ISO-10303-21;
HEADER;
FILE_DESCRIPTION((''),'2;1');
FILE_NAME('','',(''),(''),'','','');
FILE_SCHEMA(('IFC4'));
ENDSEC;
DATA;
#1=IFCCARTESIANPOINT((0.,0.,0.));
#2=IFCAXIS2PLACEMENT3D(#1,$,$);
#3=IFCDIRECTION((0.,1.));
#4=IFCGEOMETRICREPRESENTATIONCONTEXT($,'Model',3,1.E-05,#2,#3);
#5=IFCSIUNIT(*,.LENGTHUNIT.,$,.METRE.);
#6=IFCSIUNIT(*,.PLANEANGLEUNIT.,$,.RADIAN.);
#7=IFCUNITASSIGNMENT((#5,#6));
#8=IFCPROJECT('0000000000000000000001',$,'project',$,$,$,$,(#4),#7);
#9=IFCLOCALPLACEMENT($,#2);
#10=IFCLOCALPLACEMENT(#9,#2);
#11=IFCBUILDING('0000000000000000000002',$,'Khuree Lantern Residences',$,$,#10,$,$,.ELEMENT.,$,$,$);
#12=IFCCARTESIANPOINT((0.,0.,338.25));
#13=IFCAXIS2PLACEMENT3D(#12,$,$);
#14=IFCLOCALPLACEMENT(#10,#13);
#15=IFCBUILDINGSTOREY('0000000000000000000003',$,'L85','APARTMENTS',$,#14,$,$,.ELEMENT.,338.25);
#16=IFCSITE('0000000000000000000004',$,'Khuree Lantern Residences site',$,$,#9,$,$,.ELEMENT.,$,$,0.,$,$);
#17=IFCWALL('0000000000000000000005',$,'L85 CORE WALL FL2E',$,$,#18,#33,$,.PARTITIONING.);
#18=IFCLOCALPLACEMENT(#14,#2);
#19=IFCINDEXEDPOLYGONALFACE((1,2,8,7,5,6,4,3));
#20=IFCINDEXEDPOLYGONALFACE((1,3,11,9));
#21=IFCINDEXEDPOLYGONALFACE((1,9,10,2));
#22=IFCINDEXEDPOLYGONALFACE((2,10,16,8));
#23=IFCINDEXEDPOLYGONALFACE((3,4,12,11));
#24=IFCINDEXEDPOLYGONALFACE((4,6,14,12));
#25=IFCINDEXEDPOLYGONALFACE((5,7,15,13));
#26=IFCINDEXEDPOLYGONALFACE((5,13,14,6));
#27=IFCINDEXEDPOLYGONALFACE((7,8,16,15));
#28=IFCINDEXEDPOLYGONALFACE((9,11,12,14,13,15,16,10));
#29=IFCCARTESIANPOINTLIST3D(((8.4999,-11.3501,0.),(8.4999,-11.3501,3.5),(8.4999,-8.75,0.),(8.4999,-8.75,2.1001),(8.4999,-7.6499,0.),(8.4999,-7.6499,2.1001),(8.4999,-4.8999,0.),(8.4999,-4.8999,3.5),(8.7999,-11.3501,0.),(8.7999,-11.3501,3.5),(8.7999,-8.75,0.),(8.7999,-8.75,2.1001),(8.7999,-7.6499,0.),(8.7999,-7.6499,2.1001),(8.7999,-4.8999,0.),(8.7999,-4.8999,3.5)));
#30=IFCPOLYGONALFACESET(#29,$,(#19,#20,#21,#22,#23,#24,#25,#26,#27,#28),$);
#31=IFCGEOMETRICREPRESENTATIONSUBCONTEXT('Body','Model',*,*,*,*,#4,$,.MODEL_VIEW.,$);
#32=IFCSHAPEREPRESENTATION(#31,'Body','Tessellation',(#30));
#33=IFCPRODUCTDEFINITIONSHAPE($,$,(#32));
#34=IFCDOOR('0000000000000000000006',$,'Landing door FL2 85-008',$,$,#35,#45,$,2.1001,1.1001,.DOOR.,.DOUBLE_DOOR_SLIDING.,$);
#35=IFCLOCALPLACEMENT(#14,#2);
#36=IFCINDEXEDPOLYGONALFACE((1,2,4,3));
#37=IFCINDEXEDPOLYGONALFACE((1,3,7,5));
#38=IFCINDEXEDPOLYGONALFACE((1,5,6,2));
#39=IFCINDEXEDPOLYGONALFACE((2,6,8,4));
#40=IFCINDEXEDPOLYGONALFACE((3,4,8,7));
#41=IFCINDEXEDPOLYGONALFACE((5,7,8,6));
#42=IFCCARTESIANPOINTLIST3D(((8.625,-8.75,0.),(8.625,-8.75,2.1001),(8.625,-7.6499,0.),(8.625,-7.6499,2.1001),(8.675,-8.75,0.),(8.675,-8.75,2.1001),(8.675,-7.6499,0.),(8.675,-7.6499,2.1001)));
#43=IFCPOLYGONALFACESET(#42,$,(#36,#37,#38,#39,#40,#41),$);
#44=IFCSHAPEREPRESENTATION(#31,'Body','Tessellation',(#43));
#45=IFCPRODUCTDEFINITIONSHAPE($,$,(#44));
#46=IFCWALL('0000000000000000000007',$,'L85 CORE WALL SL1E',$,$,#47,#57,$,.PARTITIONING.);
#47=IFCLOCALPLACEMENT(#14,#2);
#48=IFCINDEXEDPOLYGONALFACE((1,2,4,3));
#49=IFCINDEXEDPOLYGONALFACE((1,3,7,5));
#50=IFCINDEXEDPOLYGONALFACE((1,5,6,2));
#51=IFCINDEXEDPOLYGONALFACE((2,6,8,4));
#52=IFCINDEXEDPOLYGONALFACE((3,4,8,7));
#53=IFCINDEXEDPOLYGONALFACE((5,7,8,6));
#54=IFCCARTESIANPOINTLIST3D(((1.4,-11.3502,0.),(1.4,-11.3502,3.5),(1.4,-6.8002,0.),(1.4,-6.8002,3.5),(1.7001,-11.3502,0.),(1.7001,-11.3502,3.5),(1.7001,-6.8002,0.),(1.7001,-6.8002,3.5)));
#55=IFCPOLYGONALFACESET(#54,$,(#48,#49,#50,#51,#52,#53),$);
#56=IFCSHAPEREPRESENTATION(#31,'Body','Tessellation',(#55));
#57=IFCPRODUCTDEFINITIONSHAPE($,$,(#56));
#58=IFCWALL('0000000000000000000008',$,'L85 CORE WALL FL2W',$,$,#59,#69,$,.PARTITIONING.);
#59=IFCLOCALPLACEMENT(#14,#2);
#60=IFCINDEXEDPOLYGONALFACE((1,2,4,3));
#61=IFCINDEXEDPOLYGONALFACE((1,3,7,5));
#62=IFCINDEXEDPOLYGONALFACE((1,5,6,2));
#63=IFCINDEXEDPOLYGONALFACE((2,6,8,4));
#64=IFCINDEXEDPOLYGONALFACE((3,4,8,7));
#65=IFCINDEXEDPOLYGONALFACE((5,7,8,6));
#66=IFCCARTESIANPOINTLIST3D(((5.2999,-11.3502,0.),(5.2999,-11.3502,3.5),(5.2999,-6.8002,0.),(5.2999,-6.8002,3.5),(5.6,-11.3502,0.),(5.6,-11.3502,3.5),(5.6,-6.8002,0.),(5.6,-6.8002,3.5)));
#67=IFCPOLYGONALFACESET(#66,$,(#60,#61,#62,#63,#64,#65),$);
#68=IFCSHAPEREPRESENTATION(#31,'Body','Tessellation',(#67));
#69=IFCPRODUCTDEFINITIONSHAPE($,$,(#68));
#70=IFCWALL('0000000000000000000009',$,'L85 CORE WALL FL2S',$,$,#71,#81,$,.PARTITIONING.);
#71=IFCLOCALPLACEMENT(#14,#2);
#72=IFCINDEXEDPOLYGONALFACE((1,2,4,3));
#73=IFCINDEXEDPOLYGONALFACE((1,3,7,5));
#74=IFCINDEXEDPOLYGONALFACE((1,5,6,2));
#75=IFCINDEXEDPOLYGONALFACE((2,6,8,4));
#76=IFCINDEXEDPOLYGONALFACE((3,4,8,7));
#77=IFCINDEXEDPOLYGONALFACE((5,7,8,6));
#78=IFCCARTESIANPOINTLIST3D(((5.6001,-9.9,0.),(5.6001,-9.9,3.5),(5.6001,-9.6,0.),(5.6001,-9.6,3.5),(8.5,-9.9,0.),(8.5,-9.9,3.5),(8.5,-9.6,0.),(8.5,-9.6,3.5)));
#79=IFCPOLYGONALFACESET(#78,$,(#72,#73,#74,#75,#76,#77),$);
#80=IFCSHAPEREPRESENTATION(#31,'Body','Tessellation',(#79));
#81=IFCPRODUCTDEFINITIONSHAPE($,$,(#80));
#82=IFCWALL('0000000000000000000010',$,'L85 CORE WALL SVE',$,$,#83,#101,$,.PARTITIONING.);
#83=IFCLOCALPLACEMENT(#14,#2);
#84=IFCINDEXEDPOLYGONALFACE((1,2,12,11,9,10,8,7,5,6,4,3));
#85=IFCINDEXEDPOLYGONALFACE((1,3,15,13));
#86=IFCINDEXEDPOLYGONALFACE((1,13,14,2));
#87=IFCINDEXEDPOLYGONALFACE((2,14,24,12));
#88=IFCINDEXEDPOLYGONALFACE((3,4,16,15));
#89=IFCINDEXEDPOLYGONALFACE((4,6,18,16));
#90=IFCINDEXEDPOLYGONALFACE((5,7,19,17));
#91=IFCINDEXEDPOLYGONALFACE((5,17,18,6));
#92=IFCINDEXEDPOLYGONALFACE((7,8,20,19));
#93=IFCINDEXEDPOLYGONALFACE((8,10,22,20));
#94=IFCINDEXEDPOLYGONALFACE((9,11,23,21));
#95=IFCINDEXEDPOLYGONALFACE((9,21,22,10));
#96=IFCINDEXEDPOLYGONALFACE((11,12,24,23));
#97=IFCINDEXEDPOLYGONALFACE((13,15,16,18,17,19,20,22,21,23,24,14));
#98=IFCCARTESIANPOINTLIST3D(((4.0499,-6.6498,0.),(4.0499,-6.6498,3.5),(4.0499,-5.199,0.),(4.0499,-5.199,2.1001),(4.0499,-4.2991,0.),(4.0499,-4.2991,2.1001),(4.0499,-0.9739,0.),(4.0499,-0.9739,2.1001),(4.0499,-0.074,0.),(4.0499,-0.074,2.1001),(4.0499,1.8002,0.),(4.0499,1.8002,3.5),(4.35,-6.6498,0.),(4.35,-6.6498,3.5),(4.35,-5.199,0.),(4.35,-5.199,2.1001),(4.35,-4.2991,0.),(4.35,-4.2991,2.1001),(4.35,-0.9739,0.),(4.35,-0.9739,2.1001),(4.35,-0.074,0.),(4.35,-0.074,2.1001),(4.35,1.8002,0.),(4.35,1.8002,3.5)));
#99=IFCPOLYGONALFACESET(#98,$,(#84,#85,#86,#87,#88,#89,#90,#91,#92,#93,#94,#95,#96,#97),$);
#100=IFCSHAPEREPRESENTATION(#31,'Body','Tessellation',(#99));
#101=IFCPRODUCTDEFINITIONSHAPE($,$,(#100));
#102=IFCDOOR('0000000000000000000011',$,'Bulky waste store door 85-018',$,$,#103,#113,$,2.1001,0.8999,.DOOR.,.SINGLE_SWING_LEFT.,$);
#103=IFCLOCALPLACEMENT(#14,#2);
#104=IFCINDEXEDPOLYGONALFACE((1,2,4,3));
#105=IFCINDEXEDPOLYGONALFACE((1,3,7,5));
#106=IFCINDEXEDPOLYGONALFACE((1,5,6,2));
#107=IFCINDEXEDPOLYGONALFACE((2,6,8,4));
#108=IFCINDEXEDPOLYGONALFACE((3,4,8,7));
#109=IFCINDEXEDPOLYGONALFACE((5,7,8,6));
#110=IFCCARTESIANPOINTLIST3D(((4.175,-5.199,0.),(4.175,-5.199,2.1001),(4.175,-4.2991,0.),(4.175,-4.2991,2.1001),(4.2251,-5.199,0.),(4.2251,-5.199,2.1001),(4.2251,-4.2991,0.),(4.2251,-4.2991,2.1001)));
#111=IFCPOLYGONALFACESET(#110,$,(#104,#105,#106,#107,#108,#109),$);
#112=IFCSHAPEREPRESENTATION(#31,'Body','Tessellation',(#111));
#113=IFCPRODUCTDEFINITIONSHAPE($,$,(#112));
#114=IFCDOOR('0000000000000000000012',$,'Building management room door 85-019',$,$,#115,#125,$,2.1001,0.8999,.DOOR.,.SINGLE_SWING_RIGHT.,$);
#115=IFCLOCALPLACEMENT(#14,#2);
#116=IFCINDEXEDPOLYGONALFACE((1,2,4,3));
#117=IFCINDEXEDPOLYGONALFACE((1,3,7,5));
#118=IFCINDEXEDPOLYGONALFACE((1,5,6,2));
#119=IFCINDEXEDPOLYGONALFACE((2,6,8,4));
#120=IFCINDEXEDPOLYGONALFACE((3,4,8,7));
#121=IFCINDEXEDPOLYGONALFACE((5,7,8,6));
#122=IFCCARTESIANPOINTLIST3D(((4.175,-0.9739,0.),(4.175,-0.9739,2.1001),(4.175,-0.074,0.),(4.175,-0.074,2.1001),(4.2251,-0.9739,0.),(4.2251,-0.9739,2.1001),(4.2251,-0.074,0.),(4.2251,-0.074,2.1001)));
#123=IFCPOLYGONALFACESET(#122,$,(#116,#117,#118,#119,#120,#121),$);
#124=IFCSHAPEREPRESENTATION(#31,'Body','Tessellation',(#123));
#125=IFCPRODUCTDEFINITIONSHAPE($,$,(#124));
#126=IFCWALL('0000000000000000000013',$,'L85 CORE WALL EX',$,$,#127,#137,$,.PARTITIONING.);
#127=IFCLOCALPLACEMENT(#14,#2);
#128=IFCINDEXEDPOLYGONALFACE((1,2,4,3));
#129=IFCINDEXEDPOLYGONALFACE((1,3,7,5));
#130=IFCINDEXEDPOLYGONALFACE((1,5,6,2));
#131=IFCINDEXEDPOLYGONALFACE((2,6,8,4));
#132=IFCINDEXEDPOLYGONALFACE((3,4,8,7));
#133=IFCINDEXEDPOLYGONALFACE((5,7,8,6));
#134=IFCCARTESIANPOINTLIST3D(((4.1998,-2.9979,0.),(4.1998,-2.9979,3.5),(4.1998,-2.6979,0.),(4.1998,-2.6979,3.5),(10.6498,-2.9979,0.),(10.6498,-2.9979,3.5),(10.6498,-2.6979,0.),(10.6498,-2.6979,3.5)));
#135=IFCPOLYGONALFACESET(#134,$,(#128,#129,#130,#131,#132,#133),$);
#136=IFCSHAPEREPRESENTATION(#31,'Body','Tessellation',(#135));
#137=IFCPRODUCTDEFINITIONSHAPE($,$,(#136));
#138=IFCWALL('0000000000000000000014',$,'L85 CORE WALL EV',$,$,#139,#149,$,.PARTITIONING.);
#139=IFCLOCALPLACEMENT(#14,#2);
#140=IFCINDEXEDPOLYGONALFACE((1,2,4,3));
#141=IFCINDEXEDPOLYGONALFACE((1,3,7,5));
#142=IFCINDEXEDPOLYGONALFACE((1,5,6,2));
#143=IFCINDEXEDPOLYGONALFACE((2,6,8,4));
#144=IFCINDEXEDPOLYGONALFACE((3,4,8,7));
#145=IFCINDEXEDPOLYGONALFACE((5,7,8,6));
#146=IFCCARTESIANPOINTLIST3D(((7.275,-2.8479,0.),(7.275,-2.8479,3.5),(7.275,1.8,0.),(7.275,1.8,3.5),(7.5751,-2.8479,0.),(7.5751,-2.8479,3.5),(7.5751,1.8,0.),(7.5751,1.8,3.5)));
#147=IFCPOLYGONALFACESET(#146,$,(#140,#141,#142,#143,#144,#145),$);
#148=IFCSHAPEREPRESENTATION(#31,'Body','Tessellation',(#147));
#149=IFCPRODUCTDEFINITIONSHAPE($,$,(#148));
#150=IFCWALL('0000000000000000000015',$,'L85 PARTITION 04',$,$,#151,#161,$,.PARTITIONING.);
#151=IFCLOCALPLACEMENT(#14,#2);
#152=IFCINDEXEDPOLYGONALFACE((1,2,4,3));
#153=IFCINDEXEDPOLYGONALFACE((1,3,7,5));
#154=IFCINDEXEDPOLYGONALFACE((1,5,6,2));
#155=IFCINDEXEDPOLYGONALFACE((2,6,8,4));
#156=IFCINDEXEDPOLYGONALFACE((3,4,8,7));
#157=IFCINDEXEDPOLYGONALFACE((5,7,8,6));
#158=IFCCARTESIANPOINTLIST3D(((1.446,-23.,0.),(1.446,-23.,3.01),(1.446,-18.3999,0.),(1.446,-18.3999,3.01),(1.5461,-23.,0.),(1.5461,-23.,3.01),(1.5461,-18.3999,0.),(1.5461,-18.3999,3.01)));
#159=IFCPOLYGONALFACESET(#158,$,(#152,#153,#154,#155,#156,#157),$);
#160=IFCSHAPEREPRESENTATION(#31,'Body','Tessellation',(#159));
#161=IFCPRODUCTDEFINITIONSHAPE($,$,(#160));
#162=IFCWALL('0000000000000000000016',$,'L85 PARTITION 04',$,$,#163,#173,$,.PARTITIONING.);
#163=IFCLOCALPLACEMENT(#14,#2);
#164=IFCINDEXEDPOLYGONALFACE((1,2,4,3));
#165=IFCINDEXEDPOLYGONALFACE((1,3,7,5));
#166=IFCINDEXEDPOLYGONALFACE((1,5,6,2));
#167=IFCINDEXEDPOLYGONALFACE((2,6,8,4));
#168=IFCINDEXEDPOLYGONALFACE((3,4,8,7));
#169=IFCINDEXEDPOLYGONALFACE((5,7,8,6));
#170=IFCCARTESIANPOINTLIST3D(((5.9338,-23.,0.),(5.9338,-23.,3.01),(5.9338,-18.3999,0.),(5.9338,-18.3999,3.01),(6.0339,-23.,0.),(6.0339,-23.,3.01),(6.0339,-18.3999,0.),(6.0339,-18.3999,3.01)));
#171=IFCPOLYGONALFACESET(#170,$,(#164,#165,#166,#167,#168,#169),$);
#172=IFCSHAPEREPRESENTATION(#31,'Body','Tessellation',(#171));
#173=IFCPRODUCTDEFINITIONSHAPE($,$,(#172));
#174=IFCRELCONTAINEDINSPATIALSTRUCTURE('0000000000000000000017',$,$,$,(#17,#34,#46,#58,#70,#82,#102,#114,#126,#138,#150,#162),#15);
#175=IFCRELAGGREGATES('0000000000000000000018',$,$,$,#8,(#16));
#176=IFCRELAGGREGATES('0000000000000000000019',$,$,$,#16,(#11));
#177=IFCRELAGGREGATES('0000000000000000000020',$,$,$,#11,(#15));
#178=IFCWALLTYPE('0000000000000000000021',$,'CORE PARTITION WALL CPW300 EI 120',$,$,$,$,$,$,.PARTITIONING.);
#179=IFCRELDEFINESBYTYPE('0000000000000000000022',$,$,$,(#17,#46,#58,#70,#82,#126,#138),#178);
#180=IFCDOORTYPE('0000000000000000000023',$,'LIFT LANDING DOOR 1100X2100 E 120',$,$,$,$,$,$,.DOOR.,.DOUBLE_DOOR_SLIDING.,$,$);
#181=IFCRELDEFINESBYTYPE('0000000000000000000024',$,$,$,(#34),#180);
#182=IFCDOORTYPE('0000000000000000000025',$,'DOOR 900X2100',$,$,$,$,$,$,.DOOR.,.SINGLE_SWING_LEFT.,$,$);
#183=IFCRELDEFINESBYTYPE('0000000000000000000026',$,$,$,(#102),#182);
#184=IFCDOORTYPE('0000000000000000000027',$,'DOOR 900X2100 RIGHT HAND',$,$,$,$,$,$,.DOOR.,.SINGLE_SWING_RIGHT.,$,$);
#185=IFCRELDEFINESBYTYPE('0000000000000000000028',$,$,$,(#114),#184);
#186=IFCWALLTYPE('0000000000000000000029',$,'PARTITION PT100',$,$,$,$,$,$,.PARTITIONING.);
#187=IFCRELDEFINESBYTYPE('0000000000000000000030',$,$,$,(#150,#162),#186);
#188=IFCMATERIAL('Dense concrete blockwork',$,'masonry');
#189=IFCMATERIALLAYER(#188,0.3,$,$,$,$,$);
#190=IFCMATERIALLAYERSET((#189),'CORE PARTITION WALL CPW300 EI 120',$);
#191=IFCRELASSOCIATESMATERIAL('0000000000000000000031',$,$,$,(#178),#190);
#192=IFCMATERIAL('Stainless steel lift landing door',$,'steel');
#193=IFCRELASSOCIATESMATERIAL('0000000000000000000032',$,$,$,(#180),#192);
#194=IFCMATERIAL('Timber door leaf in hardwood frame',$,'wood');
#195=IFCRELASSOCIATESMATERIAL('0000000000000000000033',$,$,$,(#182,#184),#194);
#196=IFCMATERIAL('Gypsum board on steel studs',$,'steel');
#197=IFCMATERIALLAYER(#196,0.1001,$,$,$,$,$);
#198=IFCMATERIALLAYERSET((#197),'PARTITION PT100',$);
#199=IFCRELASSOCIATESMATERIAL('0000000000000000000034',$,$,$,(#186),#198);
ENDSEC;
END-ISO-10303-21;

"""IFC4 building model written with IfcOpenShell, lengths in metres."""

from ifc_helpers import new_model, si_unit, direction, frame, frame_2d, origin, place, context, subcontext, project, spatial, rectangle, extrude, material, layer, layer_set, type_object, element, fill, save


model = new_model("IFC4")

# Units and contexts
model_context = context("Model", 3, precision=1e-05, world=origin(), true_north=direction((0.0, 1.0)))
body_context = subcontext(model_context, "Body", "Model", "MODEL_VIEW")
ifc_project = project(units=[si_unit("LENGTHUNIT", "METRE"), si_unit("PLANEANGLEUNIT", "RADIAN")], contexts=[model_context])

# Site, building, storey
site_placement = place(None, origin())
site = spatial("IfcSite", under=ifc_project, at=site_placement, Name="Khuree Lantern Residences site", CompositionType="ELEMENT", RefElevation=0.0)
building_placement = place(site_placement, origin())
building = spatial("IfcBuilding", under=site, at=building_placement, Name="Khuree Lantern Residences", CompositionType="ELEMENT")
storey_placement = place(building_placement, frame((0.0, 0.0, 338.25)))
storey = spatial("IfcBuildingStorey", under=building, at=storey_placement, Name="L85", Description="APARTMENTS", CompositionType="ELEMENT", Elevation=338.25)

# Wall, opening, door
ifc_material_1 = material(Name="Dense concrete blockwork", Category="masonry")
ifc_layer_1 = layer(ifc_material_1, 0.3)
ifc_layer_set_1 = layer_set([ifc_layer_1], Name="CORE PARTITION WALL CPW300 EI 120")
wall_type_1 = type_object("IfcWallType", Name="CORE PARTITION WALL CPW300 EI 120", PredefinedType="PARTITIONING", material=ifc_layer_set_1)
wall_1_placement = place(storey_placement, frame((8.6499, -11.3501, 0.0), z_axis=(0.0, 0.0, 1.0), x_axis=(0.0, 1.0, 0.0)))
wall_1 = element("IfcWall", 1, at=wall_1_placement, inside=storey, type_object=wall_type_1, Name="L85 CORE WALL FL2E", PredefinedType="PARTITIONING", context=body_context, shape_type="SweptSolid", body=[
    extrude(rectangle(XDim=6.4502, YDim=0.3, at=frame_2d((3.2251, 0.0))), origin(), (0.0, 0.0, 1.0), 3.5),
])
opening_1_placement = place(wall_1_placement, frame((2.6001, 0.0, 0.0)))
opening_1 = element("IfcOpeningElement", 2, at=opening_1_placement, cuts=wall_1, PredefinedType="OPENING", context=body_context, shape_type="SweptSolid", body=[
    extrude(rectangle(XDim=1.1001, YDim=2.1001, at=frame_2d((0.55, 1.05))), frame((0.0, 0.1602, 0.0), z_axis=(0.0, -1.0, 0.0), x_axis=(1.0, 0.0, 0.0)), (0.0, 0.0, 1.0), 0.3201),
])
ifc_material_2 = material(Name="Stainless steel lift landing door", Category="steel")
door_type_1 = type_object("IfcDoorType", Name="LIFT LANDING DOOR 1100X2100 E 120", OperationType="DOUBLE_DOOR_SLIDING", PredefinedType="DOOR", material=ifc_material_2)
door_1_placement = place(opening_1_placement, origin())
door_1 = element("IfcDoor", 3, at=door_1_placement, inside=storey, type_object=door_type_1, Name="Landing door FL2 85-008", OperationType="DOUBLE_DOOR_SLIDING", OverallHeight=2.1001, OverallWidth=1.1001, PredefinedType="DOOR", context=body_context, shape_type="SweptSolid", body=[
    extrude(rectangle(XDim=1.1001, YDim=2.1001, at=frame_2d((0.55, 1.05))), frame((0.0, 0.0249, 0.0), z_axis=(0.0, -1.0, 0.0), x_axis=(1.0, 0.0, 0.0)), (0.0, 0.0, 1.0), 0.05),
])
fill(opening_1, door_1)

# Walls
for number, where, z_axis, x_axis, name in (
    (4, (1.55, -11.3501, 0.0), (0.0, 0.0, 1.0), (0.0, 1.0, 0.0), "L85 CORE WALL SL1E"),
    (5, (5.45, -11.3501, 0.0), (0.0, 0.0, 1.0), (0.0, 1.0, 0.0), "L85 CORE WALL FL2W"),
):
    element("IfcWall", number, at=place(storey_placement, frame(where, z_axis=z_axis, x_axis=x_axis)), inside=storey, type_object=wall_type_1, Name=name, PredefinedType="PARTITIONING", context=body_context, shape_type="SweptSolid", body=[
        extrude(rectangle(XDim=4.55, YDim=0.3, at=frame_2d((2.2749, 0.0))), origin(), (0.0, 0.0, 1.0), 3.5),
    ])
wall_2_placement = place(storey_placement, frame((5.6001, -9.75, 0.0), z_axis=(0.0, 0.0, 1.0), x_axis=(1.0, 0.0, 0.0)))
element("IfcWall", 6, at=wall_2_placement, inside=storey, type_object=wall_type_1, Name="L85 CORE WALL FL2S", PredefinedType="PARTITIONING", context=body_context, shape_type="SweptSolid", body=[
    extrude(rectangle(XDim=2.8999, YDim=0.3, at=frame_2d((1.45, 0.0))), origin(), (0.0, 0.0, 1.0), 3.5),
])

# Wall, openings, doors
wall_3_placement = place(storey_placement, frame((4.2, -6.6499, 0.0), z_axis=(0.0, 0.0, 1.0), x_axis=(0.0, 1.0, 0.0)))
wall_3 = element("IfcWall", 7, at=wall_3_placement, inside=storey, type_object=wall_type_1, Name="L85 CORE WALL SVE", PredefinedType="PARTITIONING", context=body_context, shape_type="SweptSolid", body=[
    extrude(rectangle(XDim=8.45, YDim=0.3, at=frame_2d((4.2251, 0.0))), origin(), (0.0, 0.0, 1.0), 3.5),
])
opening_2_placement = place(wall_3_placement, frame((1.4509, 0.0, 0.0)))
opening_2 = element("IfcOpeningElement", 8, at=opening_2_placement, cuts=wall_3, PredefinedType="OPENING", context=body_context, shape_type="SweptSolid", body=[
    extrude(rectangle(XDim=0.8999, YDim=2.1001, at=frame_2d((0.45, 1.05))), frame((0.0, 0.1602, 0.0), z_axis=(0.0, -1.0, 0.0), x_axis=(1.0, 0.0, 0.0)), (0.0, 0.0, 1.0), 0.3201),
])
opening_3_placement = place(wall_3_placement, frame((5.676, 0.0, 0.0)))
opening_3 = element("IfcOpeningElement", 9, at=opening_3_placement, cuts=wall_3, PredefinedType="OPENING", context=body_context, shape_type="SweptSolid", body=[
    extrude(rectangle(XDim=0.8999, YDim=2.1001, at=frame_2d((0.45, 1.05))), frame((0.0, 0.1602, 0.0), z_axis=(0.0, -1.0, 0.0), x_axis=(1.0, 0.0, 0.0)), (0.0, 0.0, 1.0), 0.3201),
])
ifc_material_3 = material(Name="Timber door leaf in hardwood frame", Category="wood")
door_type_2 = type_object("IfcDoorType", Name="DOOR 900X2100", OperationType="SINGLE_SWING_LEFT", PredefinedType="DOOR", material=ifc_material_3)
door_2_placement = place(opening_2_placement, origin())
door_2 = element("IfcDoor", 10, at=door_2_placement, inside=storey, type_object=door_type_2, Name="Bulky waste store door 85-018", OperationType="SINGLE_SWING_LEFT", OverallHeight=2.1001, OverallWidth=0.8999, PredefinedType="DOOR", context=body_context, shape_type="SweptSolid", body=[
    extrude(rectangle(XDim=0.8999, YDim=2.1001, at=frame_2d((0.45, 1.05))), frame((0.0, 0.0249, 0.0), z_axis=(0.0, -1.0, 0.0), x_axis=(1.0, 0.0, 0.0)), (0.0, 0.0, 1.0), 0.05),
])
fill(opening_2, door_2)
door_type_3 = type_object("IfcDoorType", Name="DOOR 900X2100 RIGHT HAND", OperationType="SINGLE_SWING_RIGHT", PredefinedType="DOOR", material=ifc_material_3)
door_3_placement = place(opening_3_placement, origin())
door_3 = element("IfcDoor", 11, at=door_3_placement, inside=storey, type_object=door_type_3, Name="Building management room door 85-019", OperationType="SINGLE_SWING_RIGHT", OverallHeight=2.1001, OverallWidth=0.8999, PredefinedType="DOOR", context=body_context, shape_type="SweptSolid", body=[
    extrude(rectangle(XDim=0.8999, YDim=2.1001, at=frame_2d((0.45, 1.05))), frame((0.0, 0.0249, 0.0), z_axis=(0.0, -1.0, 0.0), x_axis=(1.0, 0.0, 0.0)), (0.0, 0.0, 1.0), 0.05),
])
fill(opening_3, door_3)

# Walls
wall_4_placement = place(storey_placement, frame((10.6499, -2.8479, 0.0), z_axis=(0.0, 0.0, 1.0), x_axis=(-1.0, 0.0, 0.0)))
element("IfcWall", 12, at=wall_4_placement, inside=storey, type_object=wall_type_1, Name="L85 CORE WALL EX", PredefinedType="PARTITIONING", context=body_context, shape_type="SweptSolid", body=[
    extrude(rectangle(XDim=6.45, YDim=0.3, at=frame_2d((3.2251, 0.0))), origin(), (0.0, 0.0, 1.0), 3.5),
])
wall_5_placement = place(storey_placement, frame((7.425, -2.8479, 0.0), z_axis=(0.0, 0.0, 1.0), x_axis=(0.0, 1.0, 0.0)))
element("IfcWall", 13, at=wall_5_placement, inside=storey, type_object=wall_type_1, Name="L85 CORE WALL EV", PredefinedType="PARTITIONING", context=body_context, shape_type="SweptSolid", body=[
    extrude(rectangle(XDim=4.6479, YDim=0.3, at=frame_2d((2.324, 0.0))), origin(), (0.0, 0.0, 1.0), 3.5),
])
ifc_material_4 = material(Name="Gypsum board on steel studs", Category="steel")
ifc_layer_2 = layer(ifc_material_4, 0.1001)
ifc_layer_set_2 = layer_set([ifc_layer_2], Name="PARTITION PT100")
wall_type_2 = type_object("IfcWallType", Name="PARTITION PT100", PredefinedType="PARTITIONING", material=ifc_layer_set_2)
for number, where, z_axis, x_axis, name in (
    (14, (1.4961, -18.3999, 0.0), (0.0, 0.0, 1.0), (0.0, -1.0, 0.0), "L85 PARTITION 04"),
    (15, (5.9839, -18.3999, 0.0), (0.0, 0.0, 1.0), (0.0, -1.0, 0.0), "L85 PARTITION 04"),
):
    element("IfcWall", number, at=place(storey_placement, frame(where, z_axis=z_axis, x_axis=x_axis)), inside=storey, type_object=wall_type_2, Name=name, PredefinedType="PARTITIONING", context=body_context, shape_type="SweptSolid", body=[
        extrude(rectangle(XDim=4.6001, YDim=0.1001, at=frame_2d((2.3, 0.0))), origin(), (0.0, 0.0, 1.0), 3.01),
    ])

save(model, "model.ifc")
